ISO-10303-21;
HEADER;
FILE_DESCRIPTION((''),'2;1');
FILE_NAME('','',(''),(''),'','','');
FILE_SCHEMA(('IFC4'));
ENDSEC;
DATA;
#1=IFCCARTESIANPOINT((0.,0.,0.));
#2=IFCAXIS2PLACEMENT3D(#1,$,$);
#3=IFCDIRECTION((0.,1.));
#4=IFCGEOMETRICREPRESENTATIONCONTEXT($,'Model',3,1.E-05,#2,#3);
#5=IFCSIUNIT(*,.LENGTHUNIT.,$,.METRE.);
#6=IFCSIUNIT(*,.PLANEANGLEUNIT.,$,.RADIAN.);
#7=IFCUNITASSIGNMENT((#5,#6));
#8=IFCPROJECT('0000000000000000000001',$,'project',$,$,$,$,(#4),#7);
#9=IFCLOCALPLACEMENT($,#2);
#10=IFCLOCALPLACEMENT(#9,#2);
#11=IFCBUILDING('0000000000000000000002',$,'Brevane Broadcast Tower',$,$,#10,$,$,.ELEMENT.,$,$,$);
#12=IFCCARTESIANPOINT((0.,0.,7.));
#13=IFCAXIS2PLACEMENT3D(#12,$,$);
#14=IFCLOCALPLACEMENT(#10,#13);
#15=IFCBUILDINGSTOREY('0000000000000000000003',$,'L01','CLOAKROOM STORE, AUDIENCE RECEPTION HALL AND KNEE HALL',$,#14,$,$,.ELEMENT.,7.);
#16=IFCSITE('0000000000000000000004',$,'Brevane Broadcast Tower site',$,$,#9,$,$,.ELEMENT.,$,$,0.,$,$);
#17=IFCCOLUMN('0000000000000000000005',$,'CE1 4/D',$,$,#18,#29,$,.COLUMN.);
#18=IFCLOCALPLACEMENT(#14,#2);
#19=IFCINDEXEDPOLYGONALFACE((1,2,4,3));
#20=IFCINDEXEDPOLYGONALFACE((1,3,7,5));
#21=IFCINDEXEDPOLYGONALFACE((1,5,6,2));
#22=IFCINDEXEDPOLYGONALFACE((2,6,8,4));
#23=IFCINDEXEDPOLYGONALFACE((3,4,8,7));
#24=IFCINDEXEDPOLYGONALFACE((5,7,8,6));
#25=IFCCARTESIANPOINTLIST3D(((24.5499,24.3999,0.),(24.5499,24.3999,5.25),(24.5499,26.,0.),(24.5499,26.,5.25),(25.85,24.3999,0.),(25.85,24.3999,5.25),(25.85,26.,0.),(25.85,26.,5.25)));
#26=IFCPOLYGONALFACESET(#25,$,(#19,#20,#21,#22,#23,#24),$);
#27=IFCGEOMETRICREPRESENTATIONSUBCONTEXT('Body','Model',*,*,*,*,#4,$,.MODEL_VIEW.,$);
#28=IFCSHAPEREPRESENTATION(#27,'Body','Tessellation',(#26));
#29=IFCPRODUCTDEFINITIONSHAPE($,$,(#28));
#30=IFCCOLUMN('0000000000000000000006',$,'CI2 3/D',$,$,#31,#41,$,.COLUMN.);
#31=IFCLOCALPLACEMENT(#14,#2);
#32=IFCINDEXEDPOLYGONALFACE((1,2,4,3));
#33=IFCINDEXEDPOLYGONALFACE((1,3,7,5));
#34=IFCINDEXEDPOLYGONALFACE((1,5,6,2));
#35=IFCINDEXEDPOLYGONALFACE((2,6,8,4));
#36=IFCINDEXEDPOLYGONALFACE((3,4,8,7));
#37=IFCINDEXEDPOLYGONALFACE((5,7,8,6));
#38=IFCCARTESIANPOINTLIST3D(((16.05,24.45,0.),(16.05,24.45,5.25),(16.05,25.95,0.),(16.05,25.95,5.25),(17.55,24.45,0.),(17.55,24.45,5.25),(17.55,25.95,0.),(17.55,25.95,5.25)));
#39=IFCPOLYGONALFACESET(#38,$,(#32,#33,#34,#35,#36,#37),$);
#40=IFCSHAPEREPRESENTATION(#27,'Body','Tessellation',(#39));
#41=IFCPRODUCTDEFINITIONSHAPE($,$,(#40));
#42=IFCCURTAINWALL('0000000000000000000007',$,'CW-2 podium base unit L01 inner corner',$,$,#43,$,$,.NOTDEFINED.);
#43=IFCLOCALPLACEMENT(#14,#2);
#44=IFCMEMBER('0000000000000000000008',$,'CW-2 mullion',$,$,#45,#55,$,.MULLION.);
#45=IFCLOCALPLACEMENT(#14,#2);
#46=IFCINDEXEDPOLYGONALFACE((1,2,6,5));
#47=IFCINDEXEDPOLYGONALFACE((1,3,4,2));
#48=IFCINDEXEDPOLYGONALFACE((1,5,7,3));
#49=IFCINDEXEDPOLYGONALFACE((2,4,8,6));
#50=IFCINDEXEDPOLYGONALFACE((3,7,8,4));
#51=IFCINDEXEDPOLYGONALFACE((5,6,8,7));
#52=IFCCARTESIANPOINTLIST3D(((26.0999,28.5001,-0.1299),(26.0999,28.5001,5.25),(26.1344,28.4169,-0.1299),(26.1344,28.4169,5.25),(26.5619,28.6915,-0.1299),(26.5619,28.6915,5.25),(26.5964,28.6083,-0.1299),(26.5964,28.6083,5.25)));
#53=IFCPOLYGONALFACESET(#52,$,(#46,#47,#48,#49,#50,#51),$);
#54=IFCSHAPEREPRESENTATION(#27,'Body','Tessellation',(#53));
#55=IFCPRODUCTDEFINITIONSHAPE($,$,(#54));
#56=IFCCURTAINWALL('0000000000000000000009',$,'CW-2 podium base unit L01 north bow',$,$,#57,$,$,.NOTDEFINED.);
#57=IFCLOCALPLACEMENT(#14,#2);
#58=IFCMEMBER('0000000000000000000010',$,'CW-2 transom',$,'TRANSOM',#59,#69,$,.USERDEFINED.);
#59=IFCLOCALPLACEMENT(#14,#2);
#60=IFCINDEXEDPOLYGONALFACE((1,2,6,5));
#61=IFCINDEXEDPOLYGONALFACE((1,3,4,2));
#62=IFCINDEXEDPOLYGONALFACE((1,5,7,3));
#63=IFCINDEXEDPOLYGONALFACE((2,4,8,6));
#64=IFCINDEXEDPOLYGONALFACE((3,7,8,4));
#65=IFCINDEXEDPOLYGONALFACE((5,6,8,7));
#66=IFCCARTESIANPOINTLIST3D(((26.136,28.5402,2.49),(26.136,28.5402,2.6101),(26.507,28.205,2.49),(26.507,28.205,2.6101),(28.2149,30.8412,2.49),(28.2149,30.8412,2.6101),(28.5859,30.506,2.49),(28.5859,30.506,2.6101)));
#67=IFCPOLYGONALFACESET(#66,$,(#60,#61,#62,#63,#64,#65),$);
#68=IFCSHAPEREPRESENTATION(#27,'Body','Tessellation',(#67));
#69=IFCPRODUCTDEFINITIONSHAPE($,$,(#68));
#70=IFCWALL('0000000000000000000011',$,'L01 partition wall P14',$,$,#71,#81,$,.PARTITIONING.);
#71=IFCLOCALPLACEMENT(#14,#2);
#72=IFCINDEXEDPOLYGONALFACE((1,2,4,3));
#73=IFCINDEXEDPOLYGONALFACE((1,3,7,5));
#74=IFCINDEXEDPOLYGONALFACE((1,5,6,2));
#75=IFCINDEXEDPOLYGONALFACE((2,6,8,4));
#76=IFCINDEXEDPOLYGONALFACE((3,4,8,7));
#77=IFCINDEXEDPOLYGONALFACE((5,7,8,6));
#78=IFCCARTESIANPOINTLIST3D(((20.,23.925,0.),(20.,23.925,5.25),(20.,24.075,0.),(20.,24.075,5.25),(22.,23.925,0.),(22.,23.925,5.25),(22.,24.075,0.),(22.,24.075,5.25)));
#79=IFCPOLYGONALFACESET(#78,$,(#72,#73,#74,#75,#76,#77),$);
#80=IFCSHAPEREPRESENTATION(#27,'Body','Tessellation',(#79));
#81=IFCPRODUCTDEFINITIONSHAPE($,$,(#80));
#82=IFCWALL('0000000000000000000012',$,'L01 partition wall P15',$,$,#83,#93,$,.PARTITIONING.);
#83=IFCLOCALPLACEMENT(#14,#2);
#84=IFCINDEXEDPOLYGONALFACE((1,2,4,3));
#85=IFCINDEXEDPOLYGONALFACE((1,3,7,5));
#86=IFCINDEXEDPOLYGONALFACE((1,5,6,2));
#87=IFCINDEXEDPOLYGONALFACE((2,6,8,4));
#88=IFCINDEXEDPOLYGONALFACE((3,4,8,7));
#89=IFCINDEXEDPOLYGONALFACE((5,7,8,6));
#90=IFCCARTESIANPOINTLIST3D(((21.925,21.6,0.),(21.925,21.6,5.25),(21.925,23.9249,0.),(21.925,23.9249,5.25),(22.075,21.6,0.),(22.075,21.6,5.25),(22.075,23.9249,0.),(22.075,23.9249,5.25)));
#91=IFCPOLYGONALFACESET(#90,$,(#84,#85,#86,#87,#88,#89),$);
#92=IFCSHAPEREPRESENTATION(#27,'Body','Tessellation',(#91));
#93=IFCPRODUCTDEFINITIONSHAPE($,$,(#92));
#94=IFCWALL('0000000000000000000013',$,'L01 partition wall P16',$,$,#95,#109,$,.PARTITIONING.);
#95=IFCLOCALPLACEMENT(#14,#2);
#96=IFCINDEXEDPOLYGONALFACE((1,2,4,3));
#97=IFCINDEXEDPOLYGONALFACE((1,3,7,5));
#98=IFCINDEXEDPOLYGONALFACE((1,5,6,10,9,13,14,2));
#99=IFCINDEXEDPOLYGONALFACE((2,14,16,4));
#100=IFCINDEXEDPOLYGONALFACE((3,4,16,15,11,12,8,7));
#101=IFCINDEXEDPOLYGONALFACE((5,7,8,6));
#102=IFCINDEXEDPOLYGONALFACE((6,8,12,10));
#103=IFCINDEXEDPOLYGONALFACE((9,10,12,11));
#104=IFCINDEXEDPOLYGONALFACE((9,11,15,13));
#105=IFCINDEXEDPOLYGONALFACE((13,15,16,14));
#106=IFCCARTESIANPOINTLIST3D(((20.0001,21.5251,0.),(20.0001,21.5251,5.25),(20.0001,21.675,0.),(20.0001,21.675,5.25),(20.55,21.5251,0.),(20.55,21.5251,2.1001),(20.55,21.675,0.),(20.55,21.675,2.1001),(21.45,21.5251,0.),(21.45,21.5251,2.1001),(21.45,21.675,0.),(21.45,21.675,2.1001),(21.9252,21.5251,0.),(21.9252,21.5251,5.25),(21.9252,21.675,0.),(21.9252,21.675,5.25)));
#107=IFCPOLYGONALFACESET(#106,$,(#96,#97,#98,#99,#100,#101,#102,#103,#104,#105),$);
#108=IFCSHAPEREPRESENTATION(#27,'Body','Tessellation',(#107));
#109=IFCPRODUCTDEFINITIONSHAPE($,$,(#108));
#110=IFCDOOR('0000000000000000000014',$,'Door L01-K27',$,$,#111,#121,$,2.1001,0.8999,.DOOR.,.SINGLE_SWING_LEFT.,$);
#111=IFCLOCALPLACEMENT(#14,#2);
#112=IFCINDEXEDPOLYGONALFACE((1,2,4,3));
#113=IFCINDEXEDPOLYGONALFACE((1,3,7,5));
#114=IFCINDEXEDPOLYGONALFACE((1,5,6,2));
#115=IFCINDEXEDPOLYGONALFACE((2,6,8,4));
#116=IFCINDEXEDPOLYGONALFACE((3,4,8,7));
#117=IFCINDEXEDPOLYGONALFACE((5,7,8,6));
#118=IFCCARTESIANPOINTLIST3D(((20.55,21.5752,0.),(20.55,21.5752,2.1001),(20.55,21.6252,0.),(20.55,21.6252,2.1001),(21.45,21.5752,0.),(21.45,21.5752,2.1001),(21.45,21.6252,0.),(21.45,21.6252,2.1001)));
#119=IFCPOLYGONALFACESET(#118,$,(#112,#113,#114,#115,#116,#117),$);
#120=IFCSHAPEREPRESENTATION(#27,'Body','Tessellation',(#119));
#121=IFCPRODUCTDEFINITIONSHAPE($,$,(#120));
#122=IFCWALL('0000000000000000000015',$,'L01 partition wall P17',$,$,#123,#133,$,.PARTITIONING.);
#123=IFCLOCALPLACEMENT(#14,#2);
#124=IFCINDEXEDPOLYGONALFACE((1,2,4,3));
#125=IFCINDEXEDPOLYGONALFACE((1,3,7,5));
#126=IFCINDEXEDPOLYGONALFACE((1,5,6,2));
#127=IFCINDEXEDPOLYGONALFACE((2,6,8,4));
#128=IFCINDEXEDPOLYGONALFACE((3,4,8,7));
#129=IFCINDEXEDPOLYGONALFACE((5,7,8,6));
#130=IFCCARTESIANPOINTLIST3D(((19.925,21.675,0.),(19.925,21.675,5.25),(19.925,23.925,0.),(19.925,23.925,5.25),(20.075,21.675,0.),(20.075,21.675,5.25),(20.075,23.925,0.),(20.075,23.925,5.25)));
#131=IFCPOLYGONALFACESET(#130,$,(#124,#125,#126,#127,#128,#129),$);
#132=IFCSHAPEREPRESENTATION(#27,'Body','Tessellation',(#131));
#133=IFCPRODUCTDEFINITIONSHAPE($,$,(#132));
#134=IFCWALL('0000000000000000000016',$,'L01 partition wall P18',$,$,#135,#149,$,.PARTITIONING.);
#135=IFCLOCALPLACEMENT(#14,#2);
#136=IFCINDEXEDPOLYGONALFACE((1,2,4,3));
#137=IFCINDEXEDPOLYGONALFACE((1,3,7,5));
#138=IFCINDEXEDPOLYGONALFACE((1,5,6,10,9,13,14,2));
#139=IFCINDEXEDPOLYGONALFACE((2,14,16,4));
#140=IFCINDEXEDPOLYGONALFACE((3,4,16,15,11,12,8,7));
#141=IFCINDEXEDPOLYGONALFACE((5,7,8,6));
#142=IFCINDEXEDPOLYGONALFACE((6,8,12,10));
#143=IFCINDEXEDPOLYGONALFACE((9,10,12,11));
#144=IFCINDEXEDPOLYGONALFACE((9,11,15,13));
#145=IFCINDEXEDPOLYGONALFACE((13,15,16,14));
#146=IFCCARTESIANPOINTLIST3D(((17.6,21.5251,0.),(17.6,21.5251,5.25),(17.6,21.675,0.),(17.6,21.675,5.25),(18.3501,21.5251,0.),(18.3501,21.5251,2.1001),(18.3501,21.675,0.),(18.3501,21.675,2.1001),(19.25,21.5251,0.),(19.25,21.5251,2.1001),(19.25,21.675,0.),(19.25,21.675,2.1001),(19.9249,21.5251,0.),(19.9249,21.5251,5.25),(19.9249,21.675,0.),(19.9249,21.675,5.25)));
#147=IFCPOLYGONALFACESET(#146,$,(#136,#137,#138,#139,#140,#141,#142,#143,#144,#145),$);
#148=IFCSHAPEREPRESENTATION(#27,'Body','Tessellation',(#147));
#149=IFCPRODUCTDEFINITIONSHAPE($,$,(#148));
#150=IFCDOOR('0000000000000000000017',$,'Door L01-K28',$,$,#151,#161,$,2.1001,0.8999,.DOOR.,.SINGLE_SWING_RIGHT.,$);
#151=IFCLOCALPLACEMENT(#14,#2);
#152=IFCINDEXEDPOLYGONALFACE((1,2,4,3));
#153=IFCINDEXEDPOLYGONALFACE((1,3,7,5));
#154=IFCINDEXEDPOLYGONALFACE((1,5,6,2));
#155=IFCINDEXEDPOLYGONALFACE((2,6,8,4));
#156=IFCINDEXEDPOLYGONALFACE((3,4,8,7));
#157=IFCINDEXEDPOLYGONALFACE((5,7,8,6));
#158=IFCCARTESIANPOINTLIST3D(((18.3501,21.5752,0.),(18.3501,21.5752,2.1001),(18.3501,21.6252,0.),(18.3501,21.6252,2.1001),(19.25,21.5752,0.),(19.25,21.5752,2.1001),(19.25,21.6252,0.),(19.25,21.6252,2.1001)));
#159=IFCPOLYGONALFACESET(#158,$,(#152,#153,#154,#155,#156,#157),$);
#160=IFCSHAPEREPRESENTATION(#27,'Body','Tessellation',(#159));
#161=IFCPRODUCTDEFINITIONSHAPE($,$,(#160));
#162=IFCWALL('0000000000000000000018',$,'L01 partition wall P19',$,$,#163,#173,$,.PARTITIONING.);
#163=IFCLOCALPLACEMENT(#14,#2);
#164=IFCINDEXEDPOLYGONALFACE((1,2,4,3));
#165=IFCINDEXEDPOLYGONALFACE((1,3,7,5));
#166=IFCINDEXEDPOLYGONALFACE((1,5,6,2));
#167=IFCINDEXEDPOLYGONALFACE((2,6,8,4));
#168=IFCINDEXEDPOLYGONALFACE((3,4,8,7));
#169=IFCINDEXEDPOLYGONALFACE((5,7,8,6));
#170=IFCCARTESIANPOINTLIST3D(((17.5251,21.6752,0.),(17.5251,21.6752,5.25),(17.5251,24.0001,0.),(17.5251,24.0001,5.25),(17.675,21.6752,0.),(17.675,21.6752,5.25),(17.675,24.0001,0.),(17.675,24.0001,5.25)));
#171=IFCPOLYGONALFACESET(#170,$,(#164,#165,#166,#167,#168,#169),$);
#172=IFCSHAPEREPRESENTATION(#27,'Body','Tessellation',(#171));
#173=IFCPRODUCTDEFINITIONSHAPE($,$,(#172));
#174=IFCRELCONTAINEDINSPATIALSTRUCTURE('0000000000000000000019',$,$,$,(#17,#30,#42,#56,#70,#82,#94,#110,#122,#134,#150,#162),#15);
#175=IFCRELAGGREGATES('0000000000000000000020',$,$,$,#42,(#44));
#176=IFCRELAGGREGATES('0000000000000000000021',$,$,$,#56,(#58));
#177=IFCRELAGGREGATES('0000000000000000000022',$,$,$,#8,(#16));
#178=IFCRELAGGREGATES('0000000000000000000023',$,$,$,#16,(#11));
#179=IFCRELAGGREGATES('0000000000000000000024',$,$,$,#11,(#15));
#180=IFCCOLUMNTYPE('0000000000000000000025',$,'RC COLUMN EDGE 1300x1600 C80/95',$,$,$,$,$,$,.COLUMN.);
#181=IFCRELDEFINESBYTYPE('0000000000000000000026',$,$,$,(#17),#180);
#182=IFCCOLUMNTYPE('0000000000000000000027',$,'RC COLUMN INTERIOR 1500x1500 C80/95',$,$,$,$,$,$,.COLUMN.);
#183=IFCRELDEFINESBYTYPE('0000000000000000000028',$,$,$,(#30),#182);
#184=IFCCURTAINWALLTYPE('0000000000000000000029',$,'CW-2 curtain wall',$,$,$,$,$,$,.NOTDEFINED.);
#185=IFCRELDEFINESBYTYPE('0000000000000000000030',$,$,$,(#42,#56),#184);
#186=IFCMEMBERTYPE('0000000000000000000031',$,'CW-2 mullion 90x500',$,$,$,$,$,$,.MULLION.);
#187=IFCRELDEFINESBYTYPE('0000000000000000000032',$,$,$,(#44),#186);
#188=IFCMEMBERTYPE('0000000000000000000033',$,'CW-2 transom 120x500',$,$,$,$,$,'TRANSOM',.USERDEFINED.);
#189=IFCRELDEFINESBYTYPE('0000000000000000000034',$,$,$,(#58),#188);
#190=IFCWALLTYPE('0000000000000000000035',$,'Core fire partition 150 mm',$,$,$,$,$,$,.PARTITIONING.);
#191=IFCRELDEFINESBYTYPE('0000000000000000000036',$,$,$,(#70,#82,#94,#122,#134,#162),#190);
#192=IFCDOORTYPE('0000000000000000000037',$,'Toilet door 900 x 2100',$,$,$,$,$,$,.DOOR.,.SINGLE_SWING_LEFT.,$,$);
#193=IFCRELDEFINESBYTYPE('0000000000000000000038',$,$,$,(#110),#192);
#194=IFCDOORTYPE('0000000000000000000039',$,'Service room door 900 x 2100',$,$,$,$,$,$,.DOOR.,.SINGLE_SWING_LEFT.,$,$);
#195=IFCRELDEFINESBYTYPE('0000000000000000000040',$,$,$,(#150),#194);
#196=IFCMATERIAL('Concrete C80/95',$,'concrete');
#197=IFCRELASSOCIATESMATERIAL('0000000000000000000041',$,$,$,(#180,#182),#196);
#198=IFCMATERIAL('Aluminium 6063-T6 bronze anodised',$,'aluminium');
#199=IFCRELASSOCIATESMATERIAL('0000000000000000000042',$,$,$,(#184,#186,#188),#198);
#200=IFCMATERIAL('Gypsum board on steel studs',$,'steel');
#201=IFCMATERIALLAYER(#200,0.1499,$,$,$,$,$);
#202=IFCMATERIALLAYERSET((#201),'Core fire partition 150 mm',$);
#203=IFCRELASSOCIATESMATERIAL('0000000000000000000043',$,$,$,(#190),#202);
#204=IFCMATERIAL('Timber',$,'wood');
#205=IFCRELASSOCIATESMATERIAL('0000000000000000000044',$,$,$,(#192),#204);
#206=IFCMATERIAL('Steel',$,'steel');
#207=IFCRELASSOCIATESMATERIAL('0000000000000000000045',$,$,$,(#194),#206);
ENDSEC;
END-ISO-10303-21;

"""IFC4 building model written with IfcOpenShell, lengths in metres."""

from ifc_helpers import new_model, si_unit, direction, frame, frame_2d, origin, origin_2d, place, context, subcontext, project, spatial, rectangle, extrude, material, layer, layer_set, material_profile, profile_set, type_object, element, fill, aggregate, save


model = new_model("IFC4")

# Units and contexts
model_context = context("Model", 3, precision=1e-05, world=origin(), true_north=direction((0.0, 1.0)))
body_context = subcontext(model_context, "Body", "Model", "MODEL_VIEW")
ifc_project = project(units=[si_unit("LENGTHUNIT", "METRE"), si_unit("PLANEANGLEUNIT", "RADIAN")], contexts=[model_context])

# Site, building, storey
site_placement = place(None, origin())
site = spatial("IfcSite", under=ifc_project, at=site_placement, Name="Brevane Broadcast Tower site", CompositionType="ELEMENT", RefElevation=0.0)
building_placement = place(site_placement, origin())
building = spatial("IfcBuilding", under=site, at=building_placement, Name="Brevane Broadcast Tower", CompositionType="ELEMENT")
storey_placement = place(building_placement, frame((0.0, 0.0, 7.0)))
storey = spatial("IfcBuildingStorey", under=building, at=storey_placement, Name="L01", Description="CLOAKROOM STORE, AUDIENCE RECEPTION HALL AND KNEE HALL", CompositionType="ELEMENT", Elevation=7.0)

# Columns
ifc_material_1 = material(Name="Concrete C80/95", Category="concrete")
ifc_material_profile_1 = material_profile(ifc_material_1, rectangle(XDim=1.3, YDim=1.6001, at=origin_2d()), Name="RC 1300x1600")
ifc_profile_set_1 = profile_set([ifc_material_profile_1], Name="Concrete C80/95")
column_type_1 = type_object("IfcColumnType", Name="RC COLUMN EDGE 1300x1600 C80/95", PredefinedType="COLUMN", material=ifc_profile_set_1)
column_1_placement = place(storey_placement, frame((25.2, 25.2, 0.0), z_axis=(0.0, 0.0, 1.0), x_axis=(1.0, 0.0, 0.0)))
element("IfcColumn", 1, at=column_1_placement, inside=storey, type_object=column_type_1, Name="CE1 4/D", PredefinedType="COLUMN", context=body_context, shape_type="SweptSolid", body=[
    extrude(rectangle(XDim=1.3, YDim=1.6001, at=origin_2d()), origin(), (0.0, 0.0, 1.0), 5.25),
])
ifc_material_profile_2 = material_profile(ifc_material_1, rectangle(XDim=1.5, YDim=1.5, at=origin_2d()), Name="RC 1500x1500")
ifc_profile_set_2 = profile_set([ifc_material_profile_2], Name="Concrete C80/95")
column_type_2 = type_object("IfcColumnType", Name="RC COLUMN INTERIOR 1500x1500 C80/95", PredefinedType="COLUMN", material=ifc_profile_set_2)
column_2_placement = place(storey_placement, frame((16.8, 25.2, 0.0), z_axis=(0.0, 0.0, 1.0), x_axis=(1.0, 0.0, 0.0)))
element("IfcColumn", 2, at=column_2_placement, inside=storey, type_object=column_type_2, Name="CI2 3/D", PredefinedType="COLUMN", context=body_context, shape_type="SweptSolid", body=[
    extrude(rectangle(XDim=1.5, YDim=1.5, at=origin_2d()), origin(), (0.0, 0.0, 1.0), 5.25),
])

# Curtain walls, members
ifc_material_2 = material(Name="Aluminium 6063-T6 bronze anodised", Category="aluminium")
curtain_wall_type = type_object("IfcCurtainWallType", Name="CW-2 curtain wall", PredefinedType="NOTDEFINED", material=ifc_material_2)
curtain_wall_1_placement = place(storey_placement, origin())
curtain_wall_1 = element("IfcCurtainWall", 3, at=curtain_wall_1_placement, inside=storey, type_object=curtain_wall_type, Name="CW-2 podium base unit L01 inner corner", PredefinedType="NOTDEFINED")
ifc_material_profile_3 = material_profile(ifc_material_2, rectangle(XDim=0.5, YDim=0.0901, at=origin_2d()), Name="RECT 90x500")
ifc_profile_set_3 = profile_set([ifc_material_profile_3], Name="Aluminium 6063-T6 bronze anodised")
member_type_1 = type_object("IfcMemberType", Name="CW-2 mullion 90x500", PredefinedType="MULLION", material=ifc_profile_set_3)
member_1_placement = place(storey_placement, frame((26.3481, 28.5542, -0.1299), z_axis=(0.0, 0.0, 1.0), x_axis=(-0.923879, -0.382684, 0.0)))
member_1 = element("IfcMember", 4, at=member_1_placement, type_object=member_type_1, Name="CW-2 mullion", PredefinedType="MULLION", context=body_context, shape_type="SweptSolid", body=[
    extrude(rectangle(XDim=0.5, YDim=0.0901, at=origin_2d()), origin(), (0.0, 0.0, 1.0), 5.3799),
])
aggregate(curtain_wall_1, [member_1])
curtain_wall_2_placement = place(storey_placement, origin())
curtain_wall_2 = element("IfcCurtainWall", 5, at=curtain_wall_2_placement, inside=storey, type_object=curtain_wall_type, Name="CW-2 podium base unit L01 north bow", PredefinedType="NOTDEFINED")
ifc_material_profile_4 = material_profile(ifc_material_2, rectangle(XDim=0.5, YDim=0.1201, at=origin_2d()), Name="RECT 120x500")
ifc_profile_set_4 = profile_set([ifc_material_profile_4], Name="Aluminium 6063-T6 bronze anodised")
member_type_2 = type_object("IfcMemberType", Name="CW-2 transom 120x500", ElementType="TRANSOM", PredefinedType="USERDEFINED", material=ifc_profile_set_4)
member_2_placement = place(storey_placement, frame((26.3215, 28.3726, 2.55), z_axis=(0.670377, 0.742021, 0.0), x_axis=(-0.742021, 0.670377, 0.0)))
member_2 = element("IfcMember", 6, at=member_2_placement, type_object=member_type_2, Name="CW-2 transom", ObjectType="TRANSOM", PredefinedType="USERDEFINED", context=body_context, shape_type="SweptSolid", body=[
    extrude(rectangle(XDim=0.5, YDim=0.1201, at=origin_2d()), origin(), (0.0, 0.0, 1.0), 3.1011),
])
aggregate(curtain_wall_2, [member_2])

# Walls
ifc_material_3 = material(Name="Gypsum board on steel studs", Category="steel")
ifc_layer_1 = layer(ifc_material_3, 0.1499)
ifc_layer_set_1 = layer_set([ifc_layer_1], Name="Core fire partition 150 mm")
wall_type_1 = type_object("IfcWallType", Name="Core fire partition 150 mm", PredefinedType="PARTITIONING", material=ifc_layer_set_1)
wall_1_placement = place(storey_placement, frame((20.0, 24.0, 0.0), z_axis=(0.0, 0.0, 1.0), x_axis=(1.0, 0.0, 0.0)))
element("IfcWall", 7, at=wall_1_placement, inside=storey, type_object=wall_type_1, Name="L01 partition wall P14", PredefinedType="PARTITIONING", context=body_context, shape_type="SweptSolid", body=[
    extrude(rectangle(XDim=2.0, YDim=0.1499, at=frame_2d((1.0, 0.0))), origin(), (0.0, 0.0, 1.0), 5.25),
])
wall_2_placement = place(storey_placement, frame((22.0, 23.925, 0.0), z_axis=(0.0, 0.0, 1.0), x_axis=(0.0, -1.0, 0.0)))
element("IfcWall", 8, at=wall_2_placement, inside=storey, type_object=wall_type_1, Name="L01 partition wall P15", PredefinedType="PARTITIONING", context=body_context, shape_type="SweptSolid", body=[
    extrude(rectangle(XDim=2.325, YDim=0.1499, at=frame_2d((1.1626, 0.0))), origin(), (0.0, 0.0, 1.0), 5.25),
])

# Wall, opening, door
wall_3_placement = place(storey_placement, frame((21.925, 21.6001, 0.0), z_axis=(0.0, 0.0, 1.0), x_axis=(-1.0, 0.0, 0.0)))
wall_3 = element("IfcWall", 9, at=wall_3_placement, inside=storey, type_object=wall_type_1, Name="L01 partition wall P16", PredefinedType="PARTITIONING", context=body_context, shape_type="SweptSolid", body=[
    extrude(rectangle(XDim=1.925, YDim=0.1499, at=frame_2d((0.9624, 0.0))), origin(), (0.0, 0.0, 1.0), 5.25),
])
opening_1_placement = place(wall_3_placement, frame((0.4751, 0.0, 0.0)))
opening_1 = element("IfcOpeningElement", 10, at=opening_1_placement, cuts=wall_3, PredefinedType="OPENING", context=body_context, shape_type="SweptSolid", body=[
    extrude(rectangle(XDim=0.8999, YDim=2.1001, at=frame_2d((0.45, 1.05))), frame((0.0, 0.085, 0.0), z_axis=(0.0, -1.0, 0.0), x_axis=(1.0, 0.0, 0.0)), (0.0, 0.0, 1.0), 0.1699),
])
ifc_material_4 = material(Name="Timber", Category="wood")
door_type_1 = type_object("IfcDoorType", Name="Toilet door 900 x 2100", OperationType="SINGLE_SWING_LEFT", PredefinedType="DOOR", material=ifc_material_4)
door_1_placement = place(opening_1_placement, origin())
door_1 = element("IfcDoor", 11, at=door_1_placement, inside=storey, type_object=door_type_1, Name="Door L01-K27", OperationType="SINGLE_SWING_LEFT", OverallHeight=2.1001, OverallWidth=0.8999, PredefinedType="DOOR", context=body_context, shape_type="SweptSolid", body=[
    extrude(rectangle(XDim=0.8999, YDim=2.1001, at=frame_2d((0.45, 1.05))), frame((0.0, 0.0249, 0.0), z_axis=(0.0, -1.0, 0.0), x_axis=(1.0, 0.0, 0.0)), (0.0, 0.0, 1.0), 0.05),
])
fill(opening_1, door_1)

# Wall
wall_4_placement = place(storey_placement, frame((20.0, 21.675, 0.0), z_axis=(0.0, 0.0, 1.0), x_axis=(0.0, 1.0, 0.0)))
element("IfcWall", 12, at=wall_4_placement, inside=storey, type_object=wall_type_1, Name="L01 partition wall P17", PredefinedType="PARTITIONING", context=body_context, shape_type="SweptSolid", body=[
    extrude(rectangle(XDim=2.25, YDim=0.1499, at=frame_2d((1.125, 0.0))), origin(), (0.0, 0.0, 1.0), 5.25),
])

# Wall, opening, door
wall_5_placement = place(storey_placement, frame((19.925, 21.6001, 0.0), z_axis=(0.0, 0.0, 1.0), x_axis=(-1.0, 0.0, 0.0)))
wall_5 = element("IfcWall", 13, at=wall_5_placement, inside=storey, type_object=wall_type_1, Name="L01 partition wall P18", PredefinedType="PARTITIONING", context=body_context, shape_type="SweptSolid", body=[
    extrude(rectangle(XDim=2.325, YDim=0.1499, at=frame_2d((1.1626, 0.0))), origin(), (0.0, 0.0, 1.0), 5.25),
])
opening_2_placement = place(wall_5_placement, frame((0.675, 0.0, 0.0)))
opening_2 = element("IfcOpeningElement", 14, at=opening_2_placement, cuts=wall_5, PredefinedType="OPENING", context=body_context, shape_type="SweptSolid", body=[
    extrude(rectangle(XDim=0.8999, YDim=2.1001, at=frame_2d((0.45, 1.05))), frame((0.0, 0.085, 0.0), z_axis=(0.0, -1.0, 0.0), x_axis=(1.0, 0.0, 0.0)), (0.0, 0.0, 1.0), 0.1699),
])
ifc_material_5 = material(Name="Steel", Category="steel")
door_type_2 = type_object("IfcDoorType", Name="Service room door 900 x 2100", OperationType="SINGLE_SWING_LEFT", PredefinedType="DOOR", material=ifc_material_5)
door_2_placement = place(opening_2_placement, origin())
door_2 = element("IfcDoor", 15, at=door_2_placement, inside=storey, type_object=door_type_2, Name="Door L01-K28", OperationType="SINGLE_SWING_RIGHT", OverallHeight=2.1001, OverallWidth=0.8999, PredefinedType="DOOR", context=body_context, shape_type="SweptSolid", body=[
    extrude(rectangle(XDim=0.8999, YDim=2.1001, at=frame_2d((0.45, 1.05))), frame((0.0, 0.0249, 0.0), z_axis=(0.0, -1.0, 0.0), x_axis=(1.0, 0.0, 0.0)), (0.0, 0.0, 1.0), 0.05),
])
fill(opening_2, door_2)

# Wall
wall_6_placement = place(storey_placement, frame((17.6001, 21.675, 0.0), z_axis=(0.0, 0.0, 1.0), x_axis=(0.0, 1.0, 0.0)))
element("IfcWall", 16, at=wall_6_placement, inside=storey, type_object=wall_type_1, Name="L01 partition wall P19", PredefinedType="PARTITIONING", context=body_context, shape_type="SweptSolid", body=[
    extrude(rectangle(XDim=2.325, YDim=0.1499, at=frame_2d((1.1626, 0.0))), origin(), (0.0, 0.0, 1.0), 5.25),
])

save(model, "model.ifc")
